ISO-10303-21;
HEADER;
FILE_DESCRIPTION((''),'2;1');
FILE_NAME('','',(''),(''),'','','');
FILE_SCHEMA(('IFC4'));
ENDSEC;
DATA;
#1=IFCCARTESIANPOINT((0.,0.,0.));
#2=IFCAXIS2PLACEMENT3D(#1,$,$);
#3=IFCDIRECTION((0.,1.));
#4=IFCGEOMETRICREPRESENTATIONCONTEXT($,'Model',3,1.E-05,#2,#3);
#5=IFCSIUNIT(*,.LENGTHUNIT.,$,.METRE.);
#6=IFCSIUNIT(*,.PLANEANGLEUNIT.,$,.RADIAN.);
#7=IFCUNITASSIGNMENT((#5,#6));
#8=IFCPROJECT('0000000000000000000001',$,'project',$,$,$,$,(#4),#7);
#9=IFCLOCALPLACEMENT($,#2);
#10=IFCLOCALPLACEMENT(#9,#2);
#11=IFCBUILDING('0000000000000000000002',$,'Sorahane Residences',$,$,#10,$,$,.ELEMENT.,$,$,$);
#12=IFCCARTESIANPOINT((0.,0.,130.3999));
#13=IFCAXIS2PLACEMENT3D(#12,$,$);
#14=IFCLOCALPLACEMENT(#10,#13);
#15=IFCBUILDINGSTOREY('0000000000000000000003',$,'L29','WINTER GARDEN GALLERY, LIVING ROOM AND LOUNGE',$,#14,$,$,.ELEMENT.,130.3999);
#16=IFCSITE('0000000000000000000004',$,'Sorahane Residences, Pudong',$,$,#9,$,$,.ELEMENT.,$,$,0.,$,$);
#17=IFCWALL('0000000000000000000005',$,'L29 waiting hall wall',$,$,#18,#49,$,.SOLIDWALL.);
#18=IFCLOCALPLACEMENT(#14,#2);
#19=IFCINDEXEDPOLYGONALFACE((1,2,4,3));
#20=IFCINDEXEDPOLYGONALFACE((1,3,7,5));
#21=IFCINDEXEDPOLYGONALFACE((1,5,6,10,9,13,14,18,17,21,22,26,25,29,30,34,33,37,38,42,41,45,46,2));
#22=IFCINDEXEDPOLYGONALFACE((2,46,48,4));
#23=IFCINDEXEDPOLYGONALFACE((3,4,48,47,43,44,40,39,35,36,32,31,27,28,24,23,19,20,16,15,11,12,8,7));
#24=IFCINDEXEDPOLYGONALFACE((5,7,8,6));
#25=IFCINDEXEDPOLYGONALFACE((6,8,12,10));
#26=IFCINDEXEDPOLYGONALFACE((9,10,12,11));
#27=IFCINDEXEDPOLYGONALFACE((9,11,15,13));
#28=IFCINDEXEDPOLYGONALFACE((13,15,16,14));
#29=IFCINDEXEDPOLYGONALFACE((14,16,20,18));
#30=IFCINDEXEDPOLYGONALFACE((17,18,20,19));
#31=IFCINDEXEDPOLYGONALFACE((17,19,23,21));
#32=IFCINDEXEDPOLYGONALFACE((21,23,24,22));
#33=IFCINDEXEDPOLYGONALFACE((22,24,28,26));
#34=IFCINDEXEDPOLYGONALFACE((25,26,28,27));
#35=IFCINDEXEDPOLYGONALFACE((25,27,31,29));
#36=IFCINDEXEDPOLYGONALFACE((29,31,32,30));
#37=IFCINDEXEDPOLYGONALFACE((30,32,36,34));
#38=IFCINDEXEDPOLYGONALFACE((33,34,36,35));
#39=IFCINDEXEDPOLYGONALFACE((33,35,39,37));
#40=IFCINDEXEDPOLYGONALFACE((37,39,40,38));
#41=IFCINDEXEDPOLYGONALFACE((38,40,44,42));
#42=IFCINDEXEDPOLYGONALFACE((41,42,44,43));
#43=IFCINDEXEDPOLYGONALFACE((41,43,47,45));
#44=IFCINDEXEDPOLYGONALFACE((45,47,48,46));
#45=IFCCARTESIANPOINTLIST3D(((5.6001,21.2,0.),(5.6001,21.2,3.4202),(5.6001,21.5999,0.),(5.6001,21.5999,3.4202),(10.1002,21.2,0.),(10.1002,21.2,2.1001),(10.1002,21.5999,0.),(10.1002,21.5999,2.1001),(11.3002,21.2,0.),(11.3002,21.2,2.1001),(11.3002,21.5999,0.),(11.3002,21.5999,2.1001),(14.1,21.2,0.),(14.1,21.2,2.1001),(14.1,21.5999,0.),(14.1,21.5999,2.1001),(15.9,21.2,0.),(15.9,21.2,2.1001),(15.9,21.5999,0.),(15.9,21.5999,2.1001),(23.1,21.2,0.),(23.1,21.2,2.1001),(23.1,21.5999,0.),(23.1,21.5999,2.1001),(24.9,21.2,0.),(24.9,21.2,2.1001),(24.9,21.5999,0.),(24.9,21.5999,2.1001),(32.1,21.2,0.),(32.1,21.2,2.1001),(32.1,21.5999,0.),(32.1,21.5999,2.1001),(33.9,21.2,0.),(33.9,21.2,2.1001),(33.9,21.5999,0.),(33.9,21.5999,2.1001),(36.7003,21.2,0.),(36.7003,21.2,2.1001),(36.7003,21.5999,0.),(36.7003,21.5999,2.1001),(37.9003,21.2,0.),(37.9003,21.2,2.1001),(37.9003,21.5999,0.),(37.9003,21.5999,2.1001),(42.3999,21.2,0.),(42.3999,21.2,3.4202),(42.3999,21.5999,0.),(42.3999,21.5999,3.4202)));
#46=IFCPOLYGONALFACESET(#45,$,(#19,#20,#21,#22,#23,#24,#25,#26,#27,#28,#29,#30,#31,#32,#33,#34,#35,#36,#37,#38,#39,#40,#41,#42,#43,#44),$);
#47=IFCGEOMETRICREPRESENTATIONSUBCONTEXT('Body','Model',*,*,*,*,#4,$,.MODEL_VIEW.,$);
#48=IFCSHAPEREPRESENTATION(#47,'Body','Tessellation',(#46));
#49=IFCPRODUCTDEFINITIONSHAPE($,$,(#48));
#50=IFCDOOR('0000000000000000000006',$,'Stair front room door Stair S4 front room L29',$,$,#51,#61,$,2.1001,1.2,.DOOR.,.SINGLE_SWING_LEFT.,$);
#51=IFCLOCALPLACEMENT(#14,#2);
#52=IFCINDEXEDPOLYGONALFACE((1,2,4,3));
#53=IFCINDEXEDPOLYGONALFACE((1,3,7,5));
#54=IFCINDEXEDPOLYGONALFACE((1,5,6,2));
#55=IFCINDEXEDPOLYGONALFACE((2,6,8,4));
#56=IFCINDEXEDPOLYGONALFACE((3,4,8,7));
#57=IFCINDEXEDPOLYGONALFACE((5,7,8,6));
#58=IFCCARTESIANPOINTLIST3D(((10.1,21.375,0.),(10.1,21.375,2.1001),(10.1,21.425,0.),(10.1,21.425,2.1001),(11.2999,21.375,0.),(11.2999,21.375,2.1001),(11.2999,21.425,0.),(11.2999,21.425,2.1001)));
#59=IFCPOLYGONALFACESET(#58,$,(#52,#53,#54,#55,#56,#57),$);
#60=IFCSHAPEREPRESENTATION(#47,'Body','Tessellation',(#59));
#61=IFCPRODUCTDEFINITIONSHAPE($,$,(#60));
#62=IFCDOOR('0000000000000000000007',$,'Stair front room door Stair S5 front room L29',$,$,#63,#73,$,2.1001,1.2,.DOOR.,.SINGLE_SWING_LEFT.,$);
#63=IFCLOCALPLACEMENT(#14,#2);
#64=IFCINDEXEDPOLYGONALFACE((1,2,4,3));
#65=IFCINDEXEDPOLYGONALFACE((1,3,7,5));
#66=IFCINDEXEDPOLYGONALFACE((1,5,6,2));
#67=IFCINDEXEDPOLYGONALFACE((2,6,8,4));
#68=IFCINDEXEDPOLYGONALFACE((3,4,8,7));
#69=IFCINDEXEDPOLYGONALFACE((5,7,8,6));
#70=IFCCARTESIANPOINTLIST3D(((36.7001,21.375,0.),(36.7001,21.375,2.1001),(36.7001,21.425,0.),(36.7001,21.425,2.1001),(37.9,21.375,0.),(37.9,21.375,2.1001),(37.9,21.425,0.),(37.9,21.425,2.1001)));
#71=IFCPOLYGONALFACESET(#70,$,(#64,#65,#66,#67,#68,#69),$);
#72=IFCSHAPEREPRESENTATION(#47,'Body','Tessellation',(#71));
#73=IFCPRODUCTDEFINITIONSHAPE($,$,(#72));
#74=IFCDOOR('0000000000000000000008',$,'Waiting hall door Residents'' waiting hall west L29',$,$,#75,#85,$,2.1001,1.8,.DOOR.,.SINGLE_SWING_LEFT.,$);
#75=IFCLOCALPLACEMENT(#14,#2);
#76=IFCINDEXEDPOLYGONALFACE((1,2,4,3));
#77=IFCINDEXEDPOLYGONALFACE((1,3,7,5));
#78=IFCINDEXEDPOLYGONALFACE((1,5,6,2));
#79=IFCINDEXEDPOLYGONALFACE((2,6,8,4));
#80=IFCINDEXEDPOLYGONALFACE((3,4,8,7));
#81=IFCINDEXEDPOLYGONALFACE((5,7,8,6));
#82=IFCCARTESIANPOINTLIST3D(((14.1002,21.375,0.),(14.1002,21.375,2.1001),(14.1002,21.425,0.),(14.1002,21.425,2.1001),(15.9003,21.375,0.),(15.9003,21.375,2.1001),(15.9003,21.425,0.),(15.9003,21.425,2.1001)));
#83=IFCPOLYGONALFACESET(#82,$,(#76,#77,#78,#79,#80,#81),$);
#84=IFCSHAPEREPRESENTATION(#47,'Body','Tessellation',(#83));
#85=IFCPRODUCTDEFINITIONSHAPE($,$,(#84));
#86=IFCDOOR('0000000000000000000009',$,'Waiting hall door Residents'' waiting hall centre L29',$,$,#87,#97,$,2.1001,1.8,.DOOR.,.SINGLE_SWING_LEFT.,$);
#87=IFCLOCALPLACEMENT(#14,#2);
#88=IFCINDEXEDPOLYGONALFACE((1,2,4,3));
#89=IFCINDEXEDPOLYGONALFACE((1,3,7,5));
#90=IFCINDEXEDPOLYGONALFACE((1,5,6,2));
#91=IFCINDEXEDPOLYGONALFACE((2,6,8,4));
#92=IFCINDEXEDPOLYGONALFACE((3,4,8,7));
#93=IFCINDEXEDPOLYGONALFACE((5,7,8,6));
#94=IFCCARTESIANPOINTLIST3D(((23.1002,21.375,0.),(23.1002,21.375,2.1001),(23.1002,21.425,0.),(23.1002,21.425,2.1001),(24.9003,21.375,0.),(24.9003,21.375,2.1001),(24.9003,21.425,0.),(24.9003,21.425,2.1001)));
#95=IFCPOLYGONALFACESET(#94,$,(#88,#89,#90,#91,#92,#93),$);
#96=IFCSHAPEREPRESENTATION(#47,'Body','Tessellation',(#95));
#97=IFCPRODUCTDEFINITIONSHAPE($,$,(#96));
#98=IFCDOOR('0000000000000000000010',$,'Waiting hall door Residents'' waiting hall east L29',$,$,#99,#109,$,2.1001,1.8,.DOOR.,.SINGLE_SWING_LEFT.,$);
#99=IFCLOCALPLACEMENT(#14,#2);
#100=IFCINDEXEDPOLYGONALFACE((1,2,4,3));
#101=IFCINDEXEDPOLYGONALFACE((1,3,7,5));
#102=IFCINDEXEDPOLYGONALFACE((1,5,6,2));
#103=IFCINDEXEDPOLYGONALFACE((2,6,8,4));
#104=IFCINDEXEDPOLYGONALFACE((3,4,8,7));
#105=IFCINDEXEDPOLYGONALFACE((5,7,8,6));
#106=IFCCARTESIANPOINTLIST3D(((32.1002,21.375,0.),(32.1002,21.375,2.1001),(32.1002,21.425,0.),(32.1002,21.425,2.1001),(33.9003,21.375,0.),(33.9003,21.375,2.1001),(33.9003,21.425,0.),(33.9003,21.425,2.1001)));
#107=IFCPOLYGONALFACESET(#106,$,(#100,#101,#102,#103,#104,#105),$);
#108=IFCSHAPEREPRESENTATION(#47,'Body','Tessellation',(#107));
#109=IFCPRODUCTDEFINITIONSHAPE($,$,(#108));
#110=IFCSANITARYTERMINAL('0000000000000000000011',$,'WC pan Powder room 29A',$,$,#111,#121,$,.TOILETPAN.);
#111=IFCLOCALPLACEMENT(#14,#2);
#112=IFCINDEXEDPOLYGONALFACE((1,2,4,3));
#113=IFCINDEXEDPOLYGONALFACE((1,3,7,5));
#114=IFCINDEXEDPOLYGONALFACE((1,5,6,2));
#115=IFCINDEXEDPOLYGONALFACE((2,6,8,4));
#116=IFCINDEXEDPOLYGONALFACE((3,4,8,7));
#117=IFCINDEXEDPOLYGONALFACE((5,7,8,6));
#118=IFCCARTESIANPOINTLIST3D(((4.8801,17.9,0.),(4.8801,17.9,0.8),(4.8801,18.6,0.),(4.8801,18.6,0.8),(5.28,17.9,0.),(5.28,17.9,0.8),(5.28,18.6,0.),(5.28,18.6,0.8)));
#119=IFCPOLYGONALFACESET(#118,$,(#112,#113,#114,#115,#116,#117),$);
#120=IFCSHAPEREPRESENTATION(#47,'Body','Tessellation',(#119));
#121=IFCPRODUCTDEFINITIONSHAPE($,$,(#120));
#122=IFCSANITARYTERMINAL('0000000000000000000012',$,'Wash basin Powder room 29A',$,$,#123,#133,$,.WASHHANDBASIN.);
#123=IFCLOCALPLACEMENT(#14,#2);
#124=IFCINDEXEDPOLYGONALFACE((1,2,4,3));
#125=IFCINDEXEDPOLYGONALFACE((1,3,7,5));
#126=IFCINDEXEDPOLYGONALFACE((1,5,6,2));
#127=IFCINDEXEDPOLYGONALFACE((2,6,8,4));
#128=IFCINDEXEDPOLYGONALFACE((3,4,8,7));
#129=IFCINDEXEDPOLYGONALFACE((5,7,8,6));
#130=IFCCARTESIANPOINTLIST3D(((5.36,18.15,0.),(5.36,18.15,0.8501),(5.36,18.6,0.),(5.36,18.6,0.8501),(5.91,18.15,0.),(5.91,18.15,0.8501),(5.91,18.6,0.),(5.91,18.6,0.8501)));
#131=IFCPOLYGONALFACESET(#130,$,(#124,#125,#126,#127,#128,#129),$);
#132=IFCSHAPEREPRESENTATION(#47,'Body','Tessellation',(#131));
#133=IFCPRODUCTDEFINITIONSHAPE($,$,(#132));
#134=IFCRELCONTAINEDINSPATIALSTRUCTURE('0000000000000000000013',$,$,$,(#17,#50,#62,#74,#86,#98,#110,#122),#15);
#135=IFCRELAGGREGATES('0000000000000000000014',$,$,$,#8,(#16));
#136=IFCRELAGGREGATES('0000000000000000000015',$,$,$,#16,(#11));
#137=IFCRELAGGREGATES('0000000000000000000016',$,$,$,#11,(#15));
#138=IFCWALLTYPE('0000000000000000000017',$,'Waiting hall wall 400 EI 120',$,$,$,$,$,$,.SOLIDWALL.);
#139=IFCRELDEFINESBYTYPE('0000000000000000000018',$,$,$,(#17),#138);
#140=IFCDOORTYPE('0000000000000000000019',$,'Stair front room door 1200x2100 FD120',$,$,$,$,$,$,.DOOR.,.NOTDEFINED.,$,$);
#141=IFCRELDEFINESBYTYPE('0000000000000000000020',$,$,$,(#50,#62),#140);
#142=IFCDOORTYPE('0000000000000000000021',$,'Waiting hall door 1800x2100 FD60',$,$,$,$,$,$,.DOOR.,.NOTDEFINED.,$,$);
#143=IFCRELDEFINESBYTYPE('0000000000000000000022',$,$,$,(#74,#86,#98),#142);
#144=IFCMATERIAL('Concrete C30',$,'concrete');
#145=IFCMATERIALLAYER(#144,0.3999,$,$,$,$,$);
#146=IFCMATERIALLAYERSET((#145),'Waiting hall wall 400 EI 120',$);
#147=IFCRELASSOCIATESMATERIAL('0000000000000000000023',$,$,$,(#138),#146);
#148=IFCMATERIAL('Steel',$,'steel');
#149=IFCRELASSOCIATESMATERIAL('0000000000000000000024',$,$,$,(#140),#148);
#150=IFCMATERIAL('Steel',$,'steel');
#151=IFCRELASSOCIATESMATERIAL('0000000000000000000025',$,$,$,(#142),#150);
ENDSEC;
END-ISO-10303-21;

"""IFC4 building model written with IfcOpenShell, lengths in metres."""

from ifc_helpers import new_model, si_unit, direction, frame, frame_2d, origin, origin_2d, place, context, subcontext, project, spatial, rectangle, extrude, material, layer, layer_set, type_object, element, fill, save


model = new_model("IFC4")

# Units and contexts
model_context = context("Model", 3, precision=1e-05, world=origin(), true_north=direction((0.0, 1.0)))
body_context = subcontext(model_context, "Body", "Model", "MODEL_VIEW")
ifc_project = project(units=[si_unit("LENGTHUNIT", "METRE"), si_unit("PLANEANGLEUNIT", "RADIAN")], contexts=[model_context])

# Site, building, storey
site_placement = place(None, origin())
site = spatial("IfcSite", under=ifc_project, at=site_placement, Name="Sorahane Residences, Pudong", CompositionType="ELEMENT", RefElevation=0.0)
building_placement = place(site_placement, origin())
building = spatial("IfcBuilding", under=site, at=building_placement, Name="Sorahane Residences", CompositionType="ELEMENT")
storey_placement = place(building_placement, frame((0.0, 0.0, 130.3999)))
storey = spatial("IfcBuildingStorey", under=building, at=storey_placement, Name="L29", Description="WINTER GARDEN GALLERY, LIVING ROOM AND LOUNGE", CompositionType="ELEMENT", Elevation=130.3999)

# Wall, openings, doors
ifc_material_1 = material(Name="Concrete C30", Category="concrete")
ifc_layer_1 = layer(ifc_material_1, 0.3999)
ifc_layer_set_1 = layer_set([ifc_layer_1], Name="Waiting hall wall 400 EI 120")
wall_type_1 = type_object("IfcWallType", Name="Waiting hall wall 400 EI 120", PredefinedType="SOLIDWALL", material=ifc_layer_set_1)
wall_1_placement = place(storey_placement, frame((5.6001, 21.3999, 0.0), z_axis=(0.0, 0.0, 1.0), x_axis=(1.0, 0.0, 0.0)))
wall_1 = element("IfcWall", 1, at=wall_1_placement, inside=storey, type_object=wall_type_1, Name="L29 waiting hall wall", PredefinedType="SOLIDWALL", context=body_context, shape_type="SweptSolid", body=[
    extrude(rectangle(XDim=36.7998, YDim=0.3999, at=frame_2d((18.3999, 0.0))), origin(), (0.0, 0.0, 1.0), 3.4202),
])
opening_1_placement = place(wall_1_placement, frame((8.5, 0.0, 0.0)))
opening_1 = element("IfcOpeningElement", 2, at=opening_1_placement, cuts=wall_1, PredefinedType="OPENING", context=body_context, shape_type="SweptSolid", body=[
    extrude(rectangle(XDim=1.8, YDim=2.1001, at=frame_2d((0.8999, 1.05))), frame((0.0, 0.21, 0.0), z_axis=(0.0, -1.0, 0.0), x_axis=(1.0, 0.0, 0.0)), (0.0, 0.0, 1.0), 0.4199),
])
opening_2_placement = place(wall_1_placement, frame((17.5, 0.0, 0.0)))
opening_2 = element("IfcOpeningElement", 3, at=opening_2_placement, cuts=wall_1, PredefinedType="OPENING", context=body_context, shape_type="SweptSolid", body=[
    extrude(rectangle(XDim=1.8, YDim=2.1001, at=frame_2d((0.8999, 1.05))), frame((0.0, 0.21, 0.0), z_axis=(0.0, -1.0, 0.0), x_axis=(1.0, 0.0, 0.0)), (0.0, 0.0, 1.0), 0.4199),
])
opening_3_placement = place(wall_1_placement, frame((26.5, 0.0, 0.0)))
opening_3 = element("IfcOpeningElement", 4, at=opening_3_placement, cuts=wall_1, PredefinedType="OPENING", context=body_context, shape_type="SweptSolid", body=[
    extrude(rectangle(XDim=1.8, YDim=2.1001, at=frame_2d((0.8999, 1.05))), frame((0.0, 0.21, 0.0), z_axis=(0.0, -1.0, 0.0), x_axis=(1.0, 0.0, 0.0)), (0.0, 0.0, 1.0), 0.4199),
])
opening_4_placement = place(wall_1_placement, frame((4.5, 0.0, 0.0)))
opening_4 = element("IfcOpeningElement", 5, at=opening_4_placement, cuts=wall_1, PredefinedType="OPENING", context=body_context, shape_type="SweptSolid", body=[
    extrude(rectangle(XDim=1.2, YDim=2.1001, at=frame_2d((0.6001, 1.05))), frame((0.0, 0.21, 0.0), z_axis=(0.0, -1.0, 0.0), x_axis=(1.0, 0.0, 0.0)), (0.0, 0.0, 1.0), 0.4199),
])
opening_5_placement = place(wall_1_placement, frame((31.1001, 0.0, 0.0)))
opening_5 = element("IfcOpeningElement", 6, at=opening_5_placement, cuts=wall_1, PredefinedType="OPENING", context=body_context, shape_type="SweptSolid", body=[
    extrude(rectangle(XDim=1.2, YDim=2.1001, at=frame_2d((0.6001, 1.05))), frame((0.0, 0.21, 0.0), z_axis=(0.0, -1.0, 0.0), x_axis=(1.0, 0.0, 0.0)), (0.0, 0.0, 1.0), 0.4199),
])
ifc_material_2 = material(Name="Steel", Category="steel")
door_type_1 = type_object("IfcDoorType", Name="Stair front room door 1200x2100 FD120", OperationType="NOTDEFINED", PredefinedType="DOOR", material=ifc_material_2)
door_1_placement = place(opening_4_placement, frame((1.2, 0.0, 0.0), z_axis=(0.0, 0.0, 1.0), x_axis=(-1.0, 0.0, 0.0)))
door_1 = element("IfcDoor", 7, at=door_1_placement, inside=storey, type_object=door_type_1, Name="Stair front room door Stair S4 front room L29", OperationType="SINGLE_SWING_LEFT", OverallHeight=2.1001, OverallWidth=1.2, PredefinedType="DOOR", context=body_context, shape_type="SweptSolid", body=[
    extrude(rectangle(XDim=1.2, YDim=2.1001, at=frame_2d((0.6001, 1.05))), frame((0.0, 0.0249, 0.0), z_axis=(0.0, -1.0, 0.0), x_axis=(1.0, 0.0, 0.0)), (0.0, 0.0, 1.0), 0.05),
])
fill(opening_4, door_1)
door_2_placement = place(opening_5_placement, frame((1.2, 0.0, 0.0), z_axis=(0.0, 0.0, 1.0), x_axis=(-1.0, 0.0, 0.0)))
door_2 = element("IfcDoor", 8, at=door_2_placement, inside=storey, type_object=door_type_1, Name="Stair front room door Stair S5 front room L29", OperationType="SINGLE_SWING_LEFT", OverallHeight=2.1001, OverallWidth=1.2, PredefinedType="DOOR", context=body_context, shape_type="SweptSolid", body=[
    extrude(rectangle(XDim=1.2, YDim=2.1001, at=frame_2d((0.6001, 1.05))), frame((0.0, 0.0249, 0.0), z_axis=(0.0, -1.0, 0.0), x_axis=(1.0, 0.0, 0.0)), (0.0, 0.0, 1.0), 0.05),
])
fill(opening_5, door_2)
ifc_material_3 = material(Name="Steel", Category="steel")
door_type_2 = type_object("IfcDoorType", Name="Waiting hall door 1800x2100 FD60", OperationType="NOTDEFINED", PredefinedType="DOOR", material=ifc_material_3)
door_3_placement = place(opening_1_placement, frame((1.8, 0.0, 0.0), z_axis=(0.0, 0.0, 1.0), x_axis=(-1.0, 0.0, 0.0)))
door_3 = element("IfcDoor", 9, at=door_3_placement, inside=storey, type_object=door_type_2, Name="Waiting hall door Residents' waiting hall west L29", OperationType="SINGLE_SWING_LEFT", OverallHeight=2.1001, OverallWidth=1.8, PredefinedType="DOOR", context=body_context, shape_type="SweptSolid", body=[
    extrude(rectangle(XDim=1.8, YDim=2.1001, at=frame_2d((0.8999, 1.05))), frame((0.0, 0.0249, 0.0), z_axis=(0.0, -1.0, 0.0), x_axis=(1.0, 0.0, 0.0)), (0.0, 0.0, 1.0), 0.05),
])
fill(opening_1, door_3)
door_4_placement = place(opening_2_placement, frame((1.8, 0.0, 0.0), z_axis=(0.0, 0.0, 1.0), x_axis=(-1.0, 0.0, 0.0)))
door_4 = element("IfcDoor", 10, at=door_4_placement, inside=storey, type_object=door_type_2, Name="Waiting hall door Residents' waiting hall centre L29", OperationType="SINGLE_SWING_LEFT", OverallHeight=2.1001, OverallWidth=1.8, PredefinedType="DOOR", context=body_context, shape_type="SweptSolid", body=[
    extrude(rectangle(XDim=1.8, YDim=2.1001, at=frame_2d((0.8999, 1.05))), frame((0.0, 0.0249, 0.0), z_axis=(0.0, -1.0, 0.0), x_axis=(1.0, 0.0, 0.0)), (0.0, 0.0, 1.0), 0.05),
])
fill(opening_2, door_4)
door_5_placement = place(opening_3_placement, frame((1.8, 0.0, 0.0), z_axis=(0.0, 0.0, 1.0), x_axis=(-1.0, 0.0, 0.0)))
door_5 = element("IfcDoor", 11, at=door_5_placement, inside=storey, type_object=door_type_2, Name="Waiting hall door Residents' waiting hall east L29", OperationType="SINGLE_SWING_LEFT", OverallHeight=2.1001, OverallWidth=1.8, PredefinedType="DOOR", context=body_context, shape_type="SweptSolid", body=[
    extrude(rectangle(XDim=1.8, YDim=2.1001, at=frame_2d((0.8999, 1.05))), frame((0.0, 0.0249, 0.0), z_axis=(0.0, -1.0, 0.0), x_axis=(1.0, 0.0, 0.0)), (0.0, 0.0, 1.0), 0.05),
])
fill(opening_3, door_5)

# Sanitary terminals
sanitary_terminal_1_placement = place(storey_placement, frame((5.0801, 18.25, 0.0), z_axis=(0.0, 0.0, 1.0), x_axis=(1.0, 0.0, 0.0)))
element("IfcSanitaryTerminal", 12, at=sanitary_terminal_1_placement, inside=storey, Name="WC pan Powder room 29A", PredefinedType="TOILETPAN", context=body_context, shape_type="SweptSolid", body=[
    extrude(rectangle(XDim=0.3999, YDim=0.7, at=origin_2d()), origin(), (0.0, 0.0, 1.0), 0.8),
])
sanitary_terminal_2_placement = place(storey_placement, frame((5.635, 18.375, 0.0), z_axis=(0.0, 0.0, 1.0), x_axis=(1.0, 0.0, 0.0)))
element("IfcSanitaryTerminal", 13, at=sanitary_terminal_2_placement, inside=storey, Name="Wash basin Powder room 29A", PredefinedType="WASHHANDBASIN", context=body_context, shape_type="SweptSolid", body=[
    extrude(rectangle(XDim=0.55, YDim=0.45, at=origin_2d()), origin(), (0.0, 0.0, 1.0), 0.8501),
])

save(model, "model.ifc")
